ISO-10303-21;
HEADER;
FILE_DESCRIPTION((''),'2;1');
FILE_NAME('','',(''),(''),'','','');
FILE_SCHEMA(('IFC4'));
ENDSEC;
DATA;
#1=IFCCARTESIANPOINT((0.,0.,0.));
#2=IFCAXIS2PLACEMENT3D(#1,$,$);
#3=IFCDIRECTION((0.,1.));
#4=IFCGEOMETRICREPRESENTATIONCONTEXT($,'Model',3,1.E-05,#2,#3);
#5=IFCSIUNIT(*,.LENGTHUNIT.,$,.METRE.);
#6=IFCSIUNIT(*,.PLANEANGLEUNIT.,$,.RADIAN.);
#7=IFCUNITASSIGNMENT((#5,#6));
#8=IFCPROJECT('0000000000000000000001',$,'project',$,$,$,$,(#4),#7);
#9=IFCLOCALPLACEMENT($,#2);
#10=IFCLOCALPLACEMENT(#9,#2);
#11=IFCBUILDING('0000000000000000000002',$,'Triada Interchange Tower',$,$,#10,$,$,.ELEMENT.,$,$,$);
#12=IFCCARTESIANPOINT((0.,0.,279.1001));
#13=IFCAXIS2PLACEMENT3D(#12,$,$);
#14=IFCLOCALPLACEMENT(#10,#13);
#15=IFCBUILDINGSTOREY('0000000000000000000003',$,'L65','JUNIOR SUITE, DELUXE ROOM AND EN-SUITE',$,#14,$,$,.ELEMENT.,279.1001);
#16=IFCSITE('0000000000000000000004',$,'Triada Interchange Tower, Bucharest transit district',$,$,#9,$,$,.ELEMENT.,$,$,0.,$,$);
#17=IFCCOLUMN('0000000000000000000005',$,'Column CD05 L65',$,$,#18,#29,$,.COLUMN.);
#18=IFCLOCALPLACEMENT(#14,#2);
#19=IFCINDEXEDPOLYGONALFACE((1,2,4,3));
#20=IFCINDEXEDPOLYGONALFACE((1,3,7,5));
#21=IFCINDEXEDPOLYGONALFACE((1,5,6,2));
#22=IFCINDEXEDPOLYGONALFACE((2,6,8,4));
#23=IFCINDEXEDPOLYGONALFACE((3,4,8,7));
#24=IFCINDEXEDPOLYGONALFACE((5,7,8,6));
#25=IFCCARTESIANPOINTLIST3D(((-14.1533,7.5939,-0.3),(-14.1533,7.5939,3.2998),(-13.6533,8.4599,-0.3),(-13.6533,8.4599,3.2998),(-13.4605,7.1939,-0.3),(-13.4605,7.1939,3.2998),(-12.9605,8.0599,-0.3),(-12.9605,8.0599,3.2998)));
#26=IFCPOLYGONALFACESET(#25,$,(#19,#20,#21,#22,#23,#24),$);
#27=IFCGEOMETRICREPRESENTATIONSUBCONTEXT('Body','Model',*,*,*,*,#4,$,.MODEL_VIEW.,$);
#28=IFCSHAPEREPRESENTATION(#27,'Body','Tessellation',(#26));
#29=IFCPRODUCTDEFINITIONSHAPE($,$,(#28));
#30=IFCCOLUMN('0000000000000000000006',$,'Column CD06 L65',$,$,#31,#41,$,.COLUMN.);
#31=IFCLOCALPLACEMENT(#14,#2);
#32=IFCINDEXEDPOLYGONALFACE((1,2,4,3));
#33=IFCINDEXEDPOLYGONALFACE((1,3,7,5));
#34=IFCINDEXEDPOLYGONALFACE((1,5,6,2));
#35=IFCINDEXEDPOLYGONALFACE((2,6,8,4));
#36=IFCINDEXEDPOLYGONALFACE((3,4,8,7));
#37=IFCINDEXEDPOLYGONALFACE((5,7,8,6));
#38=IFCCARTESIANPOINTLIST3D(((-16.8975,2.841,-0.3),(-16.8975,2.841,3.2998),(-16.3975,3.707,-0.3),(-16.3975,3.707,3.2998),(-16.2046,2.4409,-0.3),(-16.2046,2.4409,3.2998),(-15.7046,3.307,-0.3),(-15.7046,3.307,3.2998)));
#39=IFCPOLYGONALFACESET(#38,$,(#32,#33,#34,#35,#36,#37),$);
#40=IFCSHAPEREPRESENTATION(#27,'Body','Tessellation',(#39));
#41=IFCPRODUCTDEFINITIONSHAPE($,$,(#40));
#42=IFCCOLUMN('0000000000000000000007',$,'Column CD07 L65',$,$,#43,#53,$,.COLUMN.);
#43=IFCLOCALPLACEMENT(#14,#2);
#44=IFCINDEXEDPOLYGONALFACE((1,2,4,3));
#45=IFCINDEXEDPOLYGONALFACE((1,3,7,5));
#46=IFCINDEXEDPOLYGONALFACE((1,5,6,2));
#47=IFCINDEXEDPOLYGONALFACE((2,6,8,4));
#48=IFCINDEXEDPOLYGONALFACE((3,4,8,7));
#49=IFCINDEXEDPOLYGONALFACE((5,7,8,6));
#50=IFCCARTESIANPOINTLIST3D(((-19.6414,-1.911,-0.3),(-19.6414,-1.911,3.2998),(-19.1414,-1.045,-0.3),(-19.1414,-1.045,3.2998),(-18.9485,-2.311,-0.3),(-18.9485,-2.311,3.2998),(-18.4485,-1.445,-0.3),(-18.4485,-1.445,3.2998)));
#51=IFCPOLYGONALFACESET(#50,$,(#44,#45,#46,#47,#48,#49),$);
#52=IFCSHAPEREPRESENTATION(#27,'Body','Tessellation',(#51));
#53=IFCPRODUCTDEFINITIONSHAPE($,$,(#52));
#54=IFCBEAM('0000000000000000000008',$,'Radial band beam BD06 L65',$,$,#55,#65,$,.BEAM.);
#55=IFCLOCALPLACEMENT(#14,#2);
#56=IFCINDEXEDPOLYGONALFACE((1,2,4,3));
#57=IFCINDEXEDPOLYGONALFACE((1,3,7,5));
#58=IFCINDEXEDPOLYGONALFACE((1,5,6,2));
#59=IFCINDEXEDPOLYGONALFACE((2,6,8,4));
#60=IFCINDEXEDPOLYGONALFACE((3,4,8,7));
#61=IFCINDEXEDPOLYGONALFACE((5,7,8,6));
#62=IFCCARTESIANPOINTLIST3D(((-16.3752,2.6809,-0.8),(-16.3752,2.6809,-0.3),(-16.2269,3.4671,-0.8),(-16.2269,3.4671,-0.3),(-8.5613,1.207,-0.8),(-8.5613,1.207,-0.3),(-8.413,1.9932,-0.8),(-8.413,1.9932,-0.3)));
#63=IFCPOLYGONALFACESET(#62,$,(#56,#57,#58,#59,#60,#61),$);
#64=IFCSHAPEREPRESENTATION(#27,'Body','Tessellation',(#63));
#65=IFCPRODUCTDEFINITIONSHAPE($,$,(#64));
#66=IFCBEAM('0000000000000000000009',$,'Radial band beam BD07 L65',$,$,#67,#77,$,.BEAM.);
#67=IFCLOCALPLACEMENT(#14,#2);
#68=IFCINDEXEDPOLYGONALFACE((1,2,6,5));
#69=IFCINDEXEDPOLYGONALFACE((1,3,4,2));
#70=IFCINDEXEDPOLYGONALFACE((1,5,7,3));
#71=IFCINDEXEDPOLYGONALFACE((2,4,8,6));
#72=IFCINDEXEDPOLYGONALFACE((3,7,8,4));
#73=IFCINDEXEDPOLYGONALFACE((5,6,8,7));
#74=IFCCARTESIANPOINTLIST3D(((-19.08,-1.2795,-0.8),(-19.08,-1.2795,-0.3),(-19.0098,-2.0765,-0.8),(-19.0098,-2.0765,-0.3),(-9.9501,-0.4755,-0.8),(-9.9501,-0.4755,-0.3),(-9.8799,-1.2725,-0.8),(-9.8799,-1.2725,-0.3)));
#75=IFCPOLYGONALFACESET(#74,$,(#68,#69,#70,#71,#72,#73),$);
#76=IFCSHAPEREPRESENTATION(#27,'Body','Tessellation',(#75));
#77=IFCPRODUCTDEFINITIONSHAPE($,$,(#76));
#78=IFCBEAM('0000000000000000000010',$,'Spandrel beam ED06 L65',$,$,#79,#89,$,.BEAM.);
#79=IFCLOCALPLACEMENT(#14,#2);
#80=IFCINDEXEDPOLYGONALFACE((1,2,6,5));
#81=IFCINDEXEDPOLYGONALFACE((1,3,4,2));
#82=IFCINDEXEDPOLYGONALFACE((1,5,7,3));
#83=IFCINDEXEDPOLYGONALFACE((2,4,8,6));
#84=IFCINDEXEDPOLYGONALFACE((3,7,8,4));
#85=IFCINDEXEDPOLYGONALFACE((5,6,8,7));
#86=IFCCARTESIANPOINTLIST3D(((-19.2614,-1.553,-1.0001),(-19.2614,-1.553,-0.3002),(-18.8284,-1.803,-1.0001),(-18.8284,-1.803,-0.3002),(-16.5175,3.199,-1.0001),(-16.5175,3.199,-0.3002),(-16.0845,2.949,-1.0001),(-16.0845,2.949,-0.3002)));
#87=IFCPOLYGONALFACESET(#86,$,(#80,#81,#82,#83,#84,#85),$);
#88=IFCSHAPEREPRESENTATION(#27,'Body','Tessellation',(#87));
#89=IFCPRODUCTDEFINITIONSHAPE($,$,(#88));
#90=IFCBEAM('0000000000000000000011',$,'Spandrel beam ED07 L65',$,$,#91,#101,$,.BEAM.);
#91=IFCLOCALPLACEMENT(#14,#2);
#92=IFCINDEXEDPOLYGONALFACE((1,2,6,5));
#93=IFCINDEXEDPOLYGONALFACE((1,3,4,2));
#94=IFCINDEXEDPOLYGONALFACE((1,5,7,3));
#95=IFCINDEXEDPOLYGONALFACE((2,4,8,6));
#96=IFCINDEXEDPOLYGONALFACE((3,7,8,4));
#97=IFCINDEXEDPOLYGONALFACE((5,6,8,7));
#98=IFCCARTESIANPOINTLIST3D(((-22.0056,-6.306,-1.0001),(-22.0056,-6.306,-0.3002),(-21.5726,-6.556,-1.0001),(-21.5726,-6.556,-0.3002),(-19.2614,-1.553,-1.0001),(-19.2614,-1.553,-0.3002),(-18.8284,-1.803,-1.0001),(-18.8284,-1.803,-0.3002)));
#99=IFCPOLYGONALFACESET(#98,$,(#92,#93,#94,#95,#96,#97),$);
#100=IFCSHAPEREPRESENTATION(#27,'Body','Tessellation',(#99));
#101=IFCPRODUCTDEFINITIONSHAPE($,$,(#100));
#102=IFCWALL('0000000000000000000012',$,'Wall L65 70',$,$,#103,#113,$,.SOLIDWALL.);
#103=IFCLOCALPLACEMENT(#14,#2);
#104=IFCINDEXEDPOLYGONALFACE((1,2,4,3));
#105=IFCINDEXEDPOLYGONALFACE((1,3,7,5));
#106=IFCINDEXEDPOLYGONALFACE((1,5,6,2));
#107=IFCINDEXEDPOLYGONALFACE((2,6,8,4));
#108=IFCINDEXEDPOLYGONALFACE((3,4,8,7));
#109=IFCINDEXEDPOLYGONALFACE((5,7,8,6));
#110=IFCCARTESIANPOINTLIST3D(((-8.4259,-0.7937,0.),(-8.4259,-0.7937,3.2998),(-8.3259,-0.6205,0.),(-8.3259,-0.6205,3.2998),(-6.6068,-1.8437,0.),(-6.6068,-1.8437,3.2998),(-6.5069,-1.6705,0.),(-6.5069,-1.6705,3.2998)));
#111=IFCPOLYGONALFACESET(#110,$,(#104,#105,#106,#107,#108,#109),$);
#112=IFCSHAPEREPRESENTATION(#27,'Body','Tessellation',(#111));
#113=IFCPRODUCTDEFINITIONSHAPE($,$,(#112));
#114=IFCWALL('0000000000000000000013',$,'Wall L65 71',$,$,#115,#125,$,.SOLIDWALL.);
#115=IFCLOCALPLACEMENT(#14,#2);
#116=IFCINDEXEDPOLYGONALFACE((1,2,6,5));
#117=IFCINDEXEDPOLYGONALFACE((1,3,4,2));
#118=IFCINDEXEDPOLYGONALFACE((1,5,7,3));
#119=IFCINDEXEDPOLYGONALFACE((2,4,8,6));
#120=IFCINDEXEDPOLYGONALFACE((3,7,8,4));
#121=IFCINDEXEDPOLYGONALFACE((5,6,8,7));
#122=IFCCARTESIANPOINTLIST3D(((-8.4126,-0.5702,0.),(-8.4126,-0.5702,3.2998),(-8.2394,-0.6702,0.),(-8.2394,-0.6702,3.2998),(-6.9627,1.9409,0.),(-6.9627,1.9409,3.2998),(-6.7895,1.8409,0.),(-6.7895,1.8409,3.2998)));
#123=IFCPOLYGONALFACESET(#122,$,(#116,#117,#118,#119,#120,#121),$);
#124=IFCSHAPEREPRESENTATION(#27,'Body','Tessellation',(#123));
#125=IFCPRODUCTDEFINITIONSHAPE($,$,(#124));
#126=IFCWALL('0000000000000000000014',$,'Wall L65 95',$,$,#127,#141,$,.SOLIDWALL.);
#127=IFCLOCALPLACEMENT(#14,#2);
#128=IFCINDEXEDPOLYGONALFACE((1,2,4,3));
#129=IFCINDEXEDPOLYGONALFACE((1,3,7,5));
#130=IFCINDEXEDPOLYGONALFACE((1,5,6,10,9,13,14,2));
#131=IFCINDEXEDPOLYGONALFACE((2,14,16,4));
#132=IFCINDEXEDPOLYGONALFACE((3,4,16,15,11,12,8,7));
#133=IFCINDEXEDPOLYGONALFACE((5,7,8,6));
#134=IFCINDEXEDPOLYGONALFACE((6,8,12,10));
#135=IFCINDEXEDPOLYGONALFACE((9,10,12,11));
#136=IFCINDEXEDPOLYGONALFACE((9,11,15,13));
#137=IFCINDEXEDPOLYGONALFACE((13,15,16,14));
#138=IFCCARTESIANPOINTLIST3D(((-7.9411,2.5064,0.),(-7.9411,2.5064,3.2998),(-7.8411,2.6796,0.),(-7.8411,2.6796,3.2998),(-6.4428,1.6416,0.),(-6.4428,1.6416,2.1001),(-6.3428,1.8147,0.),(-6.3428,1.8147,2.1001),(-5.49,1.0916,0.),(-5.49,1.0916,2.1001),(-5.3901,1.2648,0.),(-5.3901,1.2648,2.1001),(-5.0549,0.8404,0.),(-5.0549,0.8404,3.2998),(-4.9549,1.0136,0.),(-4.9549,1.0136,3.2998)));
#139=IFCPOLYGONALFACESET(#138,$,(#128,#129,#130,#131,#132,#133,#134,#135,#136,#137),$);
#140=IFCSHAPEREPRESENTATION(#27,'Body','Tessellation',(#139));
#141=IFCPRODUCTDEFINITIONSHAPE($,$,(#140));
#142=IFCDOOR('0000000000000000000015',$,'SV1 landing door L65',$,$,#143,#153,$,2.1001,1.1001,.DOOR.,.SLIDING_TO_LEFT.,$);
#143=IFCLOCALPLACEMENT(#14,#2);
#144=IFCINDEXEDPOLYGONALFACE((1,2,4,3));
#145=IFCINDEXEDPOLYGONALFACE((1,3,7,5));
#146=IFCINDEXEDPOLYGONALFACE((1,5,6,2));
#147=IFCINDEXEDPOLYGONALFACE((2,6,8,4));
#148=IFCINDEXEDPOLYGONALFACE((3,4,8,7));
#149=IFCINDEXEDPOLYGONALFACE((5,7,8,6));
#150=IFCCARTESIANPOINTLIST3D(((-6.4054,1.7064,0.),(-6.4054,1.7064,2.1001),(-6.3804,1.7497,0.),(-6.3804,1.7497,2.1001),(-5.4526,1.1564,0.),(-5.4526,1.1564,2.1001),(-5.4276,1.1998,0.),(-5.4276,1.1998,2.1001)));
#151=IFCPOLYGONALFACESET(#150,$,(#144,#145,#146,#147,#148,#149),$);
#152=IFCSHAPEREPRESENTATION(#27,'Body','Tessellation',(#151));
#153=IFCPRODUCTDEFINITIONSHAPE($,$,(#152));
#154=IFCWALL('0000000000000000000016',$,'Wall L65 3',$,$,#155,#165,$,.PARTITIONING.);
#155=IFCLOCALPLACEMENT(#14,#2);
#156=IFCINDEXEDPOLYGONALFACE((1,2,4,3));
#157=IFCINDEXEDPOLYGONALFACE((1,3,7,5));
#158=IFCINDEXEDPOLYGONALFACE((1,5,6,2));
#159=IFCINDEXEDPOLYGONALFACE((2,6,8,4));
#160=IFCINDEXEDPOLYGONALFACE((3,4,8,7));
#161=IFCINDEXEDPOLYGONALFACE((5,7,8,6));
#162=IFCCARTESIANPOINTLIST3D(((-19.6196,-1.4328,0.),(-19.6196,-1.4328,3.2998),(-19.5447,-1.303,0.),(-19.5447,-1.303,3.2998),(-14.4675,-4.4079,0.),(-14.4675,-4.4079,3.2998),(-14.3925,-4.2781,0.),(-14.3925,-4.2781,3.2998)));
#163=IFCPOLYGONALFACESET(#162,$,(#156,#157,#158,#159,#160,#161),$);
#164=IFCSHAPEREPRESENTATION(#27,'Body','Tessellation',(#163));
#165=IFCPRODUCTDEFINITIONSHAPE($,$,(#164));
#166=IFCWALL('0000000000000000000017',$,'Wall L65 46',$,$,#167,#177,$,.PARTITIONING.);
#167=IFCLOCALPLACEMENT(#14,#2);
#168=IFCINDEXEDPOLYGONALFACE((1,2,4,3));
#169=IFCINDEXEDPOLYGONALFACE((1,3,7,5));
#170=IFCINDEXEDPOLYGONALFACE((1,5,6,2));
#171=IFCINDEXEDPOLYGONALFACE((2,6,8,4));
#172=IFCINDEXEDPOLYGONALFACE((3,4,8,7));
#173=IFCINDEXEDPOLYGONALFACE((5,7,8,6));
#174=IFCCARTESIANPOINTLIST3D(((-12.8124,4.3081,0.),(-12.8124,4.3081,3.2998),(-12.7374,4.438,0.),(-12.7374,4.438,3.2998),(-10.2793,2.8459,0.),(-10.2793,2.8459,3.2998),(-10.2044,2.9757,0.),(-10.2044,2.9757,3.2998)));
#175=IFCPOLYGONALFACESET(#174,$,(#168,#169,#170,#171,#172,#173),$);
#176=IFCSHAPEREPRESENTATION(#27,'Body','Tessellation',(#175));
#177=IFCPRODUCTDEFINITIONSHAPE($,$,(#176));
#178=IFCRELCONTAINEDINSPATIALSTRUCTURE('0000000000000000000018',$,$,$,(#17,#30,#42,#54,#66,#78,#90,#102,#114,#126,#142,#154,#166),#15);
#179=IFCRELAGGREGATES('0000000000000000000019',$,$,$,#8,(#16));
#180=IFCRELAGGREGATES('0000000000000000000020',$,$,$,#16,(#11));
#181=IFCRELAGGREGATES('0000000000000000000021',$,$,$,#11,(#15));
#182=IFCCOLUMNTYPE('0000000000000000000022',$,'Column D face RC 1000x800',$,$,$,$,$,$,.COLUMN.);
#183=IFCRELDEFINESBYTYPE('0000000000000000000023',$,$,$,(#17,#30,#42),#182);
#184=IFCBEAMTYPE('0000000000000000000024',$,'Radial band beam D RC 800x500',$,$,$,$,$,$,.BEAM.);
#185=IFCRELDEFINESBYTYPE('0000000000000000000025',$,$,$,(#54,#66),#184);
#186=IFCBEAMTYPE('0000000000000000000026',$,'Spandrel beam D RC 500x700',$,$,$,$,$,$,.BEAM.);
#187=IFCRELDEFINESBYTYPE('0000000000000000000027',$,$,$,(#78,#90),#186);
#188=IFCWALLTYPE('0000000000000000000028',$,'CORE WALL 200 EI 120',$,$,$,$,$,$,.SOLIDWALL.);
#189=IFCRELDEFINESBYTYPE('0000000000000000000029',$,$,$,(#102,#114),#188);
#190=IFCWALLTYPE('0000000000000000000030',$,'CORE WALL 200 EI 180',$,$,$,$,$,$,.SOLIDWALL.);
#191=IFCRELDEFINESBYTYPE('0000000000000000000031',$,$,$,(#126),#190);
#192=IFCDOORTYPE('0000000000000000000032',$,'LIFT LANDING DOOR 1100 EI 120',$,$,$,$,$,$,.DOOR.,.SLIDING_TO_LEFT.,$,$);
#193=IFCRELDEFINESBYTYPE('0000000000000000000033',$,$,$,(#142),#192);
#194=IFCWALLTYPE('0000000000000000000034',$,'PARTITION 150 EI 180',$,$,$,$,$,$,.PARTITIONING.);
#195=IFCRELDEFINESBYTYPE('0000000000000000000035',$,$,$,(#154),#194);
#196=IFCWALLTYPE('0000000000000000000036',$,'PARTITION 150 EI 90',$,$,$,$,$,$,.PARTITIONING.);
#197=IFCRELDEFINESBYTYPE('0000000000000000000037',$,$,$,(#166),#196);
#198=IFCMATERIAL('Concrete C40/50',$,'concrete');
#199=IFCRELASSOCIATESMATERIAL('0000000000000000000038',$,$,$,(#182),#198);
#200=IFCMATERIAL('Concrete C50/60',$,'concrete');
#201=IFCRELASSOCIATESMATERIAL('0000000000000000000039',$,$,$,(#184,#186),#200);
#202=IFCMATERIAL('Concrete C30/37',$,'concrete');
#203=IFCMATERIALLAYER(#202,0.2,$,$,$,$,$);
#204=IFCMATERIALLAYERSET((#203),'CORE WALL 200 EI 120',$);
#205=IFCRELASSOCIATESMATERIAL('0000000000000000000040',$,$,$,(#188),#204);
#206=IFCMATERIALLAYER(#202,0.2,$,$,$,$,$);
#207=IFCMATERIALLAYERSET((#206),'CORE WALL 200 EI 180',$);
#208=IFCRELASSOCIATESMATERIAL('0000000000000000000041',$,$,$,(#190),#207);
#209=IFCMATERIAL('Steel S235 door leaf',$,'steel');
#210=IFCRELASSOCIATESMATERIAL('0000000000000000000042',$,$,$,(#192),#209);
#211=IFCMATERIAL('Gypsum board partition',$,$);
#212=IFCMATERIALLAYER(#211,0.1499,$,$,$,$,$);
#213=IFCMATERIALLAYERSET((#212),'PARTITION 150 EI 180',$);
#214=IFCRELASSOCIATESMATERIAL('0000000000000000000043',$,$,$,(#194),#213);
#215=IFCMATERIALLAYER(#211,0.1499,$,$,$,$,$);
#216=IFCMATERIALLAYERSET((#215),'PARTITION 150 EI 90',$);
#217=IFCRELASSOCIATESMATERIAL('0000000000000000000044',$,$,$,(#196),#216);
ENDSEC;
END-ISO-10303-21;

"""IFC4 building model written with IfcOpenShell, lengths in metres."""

from ifc_helpers import new_model, si_unit, direction, frame, frame_2d, origin, origin_2d, place, context, subcontext, project, spatial, rectangle, extrude, material, layer, layer_set, material_profile, profile_set, type_object, element, fill, save


model = new_model("IFC4")

# Units and contexts
model_context = context("Model", 3, precision=1e-05, world=origin(), true_north=direction((0.0, 1.0)))
body_context = subcontext(model_context, "Body", "Model", "MODEL_VIEW")
ifc_project = project(units=[si_unit("LENGTHUNIT", "METRE"), si_unit("PLANEANGLEUNIT", "RADIAN")], contexts=[model_context])

# Site, building, storey
site_placement = place(None, origin())
site = spatial("IfcSite", under=ifc_project, at=site_placement, Name="Triada Interchange Tower, Bucharest transit district", CompositionType="ELEMENT", RefElevation=0.0)
building_placement = place(site_placement, origin())
building = spatial("IfcBuilding", under=site, at=building_placement, Name="Triada Interchange Tower", CompositionType="ELEMENT")
storey_placement = place(building_placement, frame((0.0, 0.0, 279.1001)))
storey = spatial("IfcBuildingStorey", under=building, at=storey_placement, Name="L65", Description="JUNIOR SUITE, DELUXE ROOM AND EN-SUITE", CompositionType="ELEMENT", Elevation=279.1001)

# Columns
ifc_material_1 = material(Name="Concrete C40/50", Category="concrete")
ifc_material_profile_1 = material_profile(ifc_material_1, rectangle(XDim=1.0, YDim=0.8, at=origin_2d()), Name="RC 1000x800")
ifc_profile_set_1 = profile_set([ifc_material_profile_1], Name="Concrete C40/50")
column_type = type_object("IfcColumnType", Name="Column D face RC 1000x800", PredefinedType="COLUMN", material=ifc_profile_set_1)
for number, where, z_axis, x_axis, name in (
    (1, (-13.5569, 7.8269, -0.3), (0.0, 0.0, 1.0), (0.5, 0.866025, 0.0), "Column CD05 L65"),
    (2, (-16.301, 3.074, -0.3), (0.0, 0.0, 1.0), (0.5, 0.866025, 0.0), "Column CD06 L65"),
    (3, (-19.0449, -1.678, -0.3), (0.0, 0.0, 1.0), (0.5, 0.866025, 0.0), "Column CD07 L65"),
):
    element("IfcColumn", number, at=place(storey_placement, frame(where, z_axis=z_axis, x_axis=x_axis)), inside=storey, type_object=column_type, Name=name, PredefinedType="COLUMN", context=body_context, shape_type="SweptSolid", body=[
        extrude(rectangle(XDim=1.0, YDim=0.8, at=origin_2d()), origin(), (0.0, 0.0, 1.0), 3.5999),
    ])

# Beams
ifc_material_2 = material(Name="Concrete C50/60", Category="concrete")
ifc_material_profile_2 = material_profile(ifc_material_2, rectangle(XDim=0.8, YDim=0.5, at=origin_2d()), Name="RC 800x500")
ifc_profile_set_2 = profile_set([ifc_material_profile_2], Name="Concrete C50/60")
beam_type_1 = type_object("IfcBeamType", Name="Radial band beam D RC 800x500", PredefinedType="BEAM", material=ifc_profile_set_2)
beam_1_placement = place(storey_placement, frame((-16.301, 3.074, -0.55), z_axis=(0.982672, -0.185352, 0.0), x_axis=(0.185352, 0.982672, 0.0)))
element("IfcBeam", 4, at=beam_1_placement, inside=storey, type_object=beam_type_1, Name="Radial band beam BD06 L65", PredefinedType="BEAM", context=body_context, shape_type="SweptSolid", body=[
    extrude(rectangle(XDim=0.8, YDim=0.5, at=origin_2d()), origin(), (0.0, 0.0, 1.0), 7.9517),
])
beam_2_placement = place(storey_placement, frame((-19.0449, -1.678, -0.55), z_axis=(0.996145, 0.087718, 0.0), x_axis=(-0.087718, 0.996145, 0.0)))
element("IfcBeam", 5, at=beam_2_placement, inside=storey, type_object=beam_type_1, Name="Radial band beam BD07 L65", PredefinedType="BEAM", context=body_context, shape_type="SweptSolid", body=[
    extrude(rectangle(XDim=0.8, YDim=0.5, at=origin_2d()), origin(), (0.0, 0.0, 1.0), 9.1653),
])
ifc_material_profile_3 = material_profile(ifc_material_2, rectangle(XDim=0.5, YDim=0.7, at=origin_2d()), Name="RC 500x700")
ifc_profile_set_3 = profile_set([ifc_material_profile_3], Name="Concrete C50/60")
beam_type_2 = type_object("IfcBeamType", Name="Spandrel beam D RC 500x700", PredefinedType="BEAM", material=ifc_profile_set_3)
beam_3_placement = place(storey_placement, frame((-16.301, 3.074, -0.6501), z_axis=(-0.500049, -0.865997, 0.0), x_axis=(0.865997, -0.500049, 0.0)))
element("IfcBeam", 6, at=beam_3_placement, inside=storey, type_object=beam_type_2, Name="Spandrel beam ED06 L65", PredefinedType="BEAM", context=body_context, shape_type="SweptSolid", body=[
    extrude(rectangle(XDim=0.5, YDim=0.7, at=origin_2d()), origin(), (0.0, 0.0, 1.0), 5.4873),
])
beam_4_placement = place(storey_placement, frame((-19.0449, -1.678, -0.6501), z_axis=(-0.500005, -0.866023, 0.0), x_axis=(0.866023, -0.500005, 0.0)))
element("IfcBeam", 7, at=beam_4_placement, inside=storey, type_object=beam_type_2, Name="Spandrel beam ED07 L65", PredefinedType="BEAM", context=body_context, shape_type="SweptSolid", body=[
    extrude(rectangle(XDim=0.5, YDim=0.7, at=origin_2d()), origin(), (0.0, 0.0, 1.0), 5.4883),
])

# Walls
ifc_material_3 = material(Name="Concrete C30/37", Category="concrete")
ifc_layer_1 = layer(ifc_material_3, 0.2)
ifc_layer_set_1 = layer_set([ifc_layer_1], Name="CORE WALL 200 EI 120")
wall_type_1 = type_object("IfcWallType", Name="CORE WALL 200 EI 120", PredefinedType="SOLIDWALL", material=ifc_layer_set_1)
wall_1_placement = place(storey_placement, frame((-8.376, -0.707, 0.0), z_axis=(0.0, 0.0, 1.0), x_axis=(0.866068, -0.499927, 0.0)))
element("IfcWall", 8, at=wall_1_placement, inside=storey, type_object=wall_type_1, Name="Wall L65 70", PredefinedType="SOLIDWALL", context=body_context, shape_type="SweptSolid", body=[
    extrude(rectangle(XDim=2.1003, YDim=0.2, at=frame_2d((1.0503, 0.0))), origin(), (0.0, 0.0, 1.0), 3.2998),
])
wall_2_placement = place(storey_placement, frame((-8.3259, -0.6201, 0.0), z_axis=(0.0, 0.0, 1.0), x_axis=(0.500024, 0.866012, 0.0)))
element("IfcWall", 9, at=wall_2_placement, inside=storey, type_object=wall_type_1, Name="Wall L65 71", PredefinedType="SOLIDWALL", context=body_context, shape_type="SweptSolid", body=[
    extrude(rectangle(XDim=2.8997, YDim=0.2, at=frame_2d((1.4497, 0.0))), origin(), (0.0, 0.0, 1.0), 3.2998),
])

# Wall, opening, door
ifc_layer_2 = layer(ifc_material_3, 0.2)
ifc_layer_set_2 = layer_set([ifc_layer_2], Name="CORE WALL 200 EI 180")
wall_type_2 = type_object("IfcWallType", Name="CORE WALL 200 EI 180", PredefinedType="SOLIDWALL", material=ifc_layer_set_2)
wall_3_placement = place(storey_placement, frame((-7.8911, 2.593, 0.0), z_axis=(0.0, 0.0, 1.0), x_axis=(0.866071, -0.499921, 0.0)))
wall_3 = element("IfcWall", 10, at=wall_3_placement, inside=storey, type_object=wall_type_2, Name="Wall L65 95", PredefinedType="SOLIDWALL", context=body_context, shape_type="SweptSolid", body=[
    extrude(rectangle(XDim=3.3325, YDim=0.2, at=frame_2d((1.6663, 0.0))), origin(), (0.0, 0.0, 1.0), 3.2998),
])
opening_1_placement = place(wall_3_placement, frame((1.73, 0.0, 0.0)))
opening_1 = element("IfcOpeningElement", 11, at=opening_1_placement, cuts=wall_3, PredefinedType="OPENING", context=body_context, shape_type="SweptSolid", body=[
    extrude(rectangle(XDim=1.1001, YDim=2.1001, at=frame_2d((0.55, 1.05))), frame((0.0, 0.1099, 0.0), z_axis=(0.0, -1.0, 0.0), x_axis=(1.0, 0.0, 0.0)), (0.0, 0.0, 1.0), 0.22),
])
ifc_material_4 = material(Name="Steel S235 door leaf", Category="steel")
door_type_1 = type_object("IfcDoorType", Name="LIFT LANDING DOOR 1100 EI 120", OperationType="SLIDING_TO_LEFT", PredefinedType="DOOR", material=ifc_material_4)
door_1_placement = place(opening_1_placement, origin())
door_1 = element("IfcDoor", 12, at=door_1_placement, inside=storey, type_object=door_type_1, Name="SV1 landing door L65", OperationType="SLIDING_TO_LEFT", OverallHeight=2.1001, OverallWidth=1.1001, PredefinedType="DOOR", context=body_context, shape_type="SweptSolid", body=[
    extrude(rectangle(XDim=1.1001, YDim=2.1001, at=frame_2d((0.55, 1.05))), frame((0.0, 0.0249, 0.0), z_axis=(0.0, -1.0, 0.0), x_axis=(1.0, 0.0, 0.0)), (0.0, 0.0, 1.0), 0.05),
])
fill(opening_1, door_1)

# Walls
ifc_material_5 = material(Name="Gypsum board partition")
ifc_layer_3 = layer(ifc_material_5, 0.1499)
ifc_layer_set_3 = layer_set([ifc_layer_3], Name="PARTITION 150 EI 180")
wall_type_3 = type_object("IfcWallType", Name="PARTITION 150 EI 180", PredefinedType="PARTITIONING", material=ifc_layer_set_3)
wall_4_placement = place(storey_placement, frame((-19.582, -1.3679, 0.0), z_axis=(0.0, 0.0, 1.0), x_axis=(0.865987, -0.500067, 0.0)))
element("IfcWall", 13, at=wall_4_placement, inside=storey, type_object=wall_type_3, Name="Wall L65 3", PredefinedType="PARTITIONING", context=body_context, shape_type="SweptSolid", body=[
    extrude(rectangle(XDim=5.9495, YDim=0.1499, at=frame_2d((2.9746, 0.0))), origin(), (0.0, 0.0, 1.0), 3.2998),
])
ifc_layer_4 = layer(ifc_material_5, 0.1499)
ifc_layer_set_4 = layer_set([ifc_layer_4], Name="PARTITION 150 EI 90")
wall_type_4 = type_object("IfcWallType", Name="PARTITION 150 EI 90", PredefinedType="PARTITIONING", material=ifc_layer_set_4)
wall_5_placement = place(storey_placement, frame((-12.7749, 4.373, 0.0), z_axis=(0.0, 0.0, 1.0), x_axis=(0.866062, -0.499937, 0.0)))
element("IfcWall", 14, at=wall_5_placement, inside=storey, type_object=wall_type_4, Name="Wall L65 46", PredefinedType="PARTITIONING", context=body_context, shape_type="SweptSolid", body=[
    extrude(rectangle(XDim=2.9248, YDim=0.1499, at=frame_2d((1.4624, 0.0))), origin(), (0.0, 0.0, 1.0), 3.2998),
])

save(model, "model.ifc")
